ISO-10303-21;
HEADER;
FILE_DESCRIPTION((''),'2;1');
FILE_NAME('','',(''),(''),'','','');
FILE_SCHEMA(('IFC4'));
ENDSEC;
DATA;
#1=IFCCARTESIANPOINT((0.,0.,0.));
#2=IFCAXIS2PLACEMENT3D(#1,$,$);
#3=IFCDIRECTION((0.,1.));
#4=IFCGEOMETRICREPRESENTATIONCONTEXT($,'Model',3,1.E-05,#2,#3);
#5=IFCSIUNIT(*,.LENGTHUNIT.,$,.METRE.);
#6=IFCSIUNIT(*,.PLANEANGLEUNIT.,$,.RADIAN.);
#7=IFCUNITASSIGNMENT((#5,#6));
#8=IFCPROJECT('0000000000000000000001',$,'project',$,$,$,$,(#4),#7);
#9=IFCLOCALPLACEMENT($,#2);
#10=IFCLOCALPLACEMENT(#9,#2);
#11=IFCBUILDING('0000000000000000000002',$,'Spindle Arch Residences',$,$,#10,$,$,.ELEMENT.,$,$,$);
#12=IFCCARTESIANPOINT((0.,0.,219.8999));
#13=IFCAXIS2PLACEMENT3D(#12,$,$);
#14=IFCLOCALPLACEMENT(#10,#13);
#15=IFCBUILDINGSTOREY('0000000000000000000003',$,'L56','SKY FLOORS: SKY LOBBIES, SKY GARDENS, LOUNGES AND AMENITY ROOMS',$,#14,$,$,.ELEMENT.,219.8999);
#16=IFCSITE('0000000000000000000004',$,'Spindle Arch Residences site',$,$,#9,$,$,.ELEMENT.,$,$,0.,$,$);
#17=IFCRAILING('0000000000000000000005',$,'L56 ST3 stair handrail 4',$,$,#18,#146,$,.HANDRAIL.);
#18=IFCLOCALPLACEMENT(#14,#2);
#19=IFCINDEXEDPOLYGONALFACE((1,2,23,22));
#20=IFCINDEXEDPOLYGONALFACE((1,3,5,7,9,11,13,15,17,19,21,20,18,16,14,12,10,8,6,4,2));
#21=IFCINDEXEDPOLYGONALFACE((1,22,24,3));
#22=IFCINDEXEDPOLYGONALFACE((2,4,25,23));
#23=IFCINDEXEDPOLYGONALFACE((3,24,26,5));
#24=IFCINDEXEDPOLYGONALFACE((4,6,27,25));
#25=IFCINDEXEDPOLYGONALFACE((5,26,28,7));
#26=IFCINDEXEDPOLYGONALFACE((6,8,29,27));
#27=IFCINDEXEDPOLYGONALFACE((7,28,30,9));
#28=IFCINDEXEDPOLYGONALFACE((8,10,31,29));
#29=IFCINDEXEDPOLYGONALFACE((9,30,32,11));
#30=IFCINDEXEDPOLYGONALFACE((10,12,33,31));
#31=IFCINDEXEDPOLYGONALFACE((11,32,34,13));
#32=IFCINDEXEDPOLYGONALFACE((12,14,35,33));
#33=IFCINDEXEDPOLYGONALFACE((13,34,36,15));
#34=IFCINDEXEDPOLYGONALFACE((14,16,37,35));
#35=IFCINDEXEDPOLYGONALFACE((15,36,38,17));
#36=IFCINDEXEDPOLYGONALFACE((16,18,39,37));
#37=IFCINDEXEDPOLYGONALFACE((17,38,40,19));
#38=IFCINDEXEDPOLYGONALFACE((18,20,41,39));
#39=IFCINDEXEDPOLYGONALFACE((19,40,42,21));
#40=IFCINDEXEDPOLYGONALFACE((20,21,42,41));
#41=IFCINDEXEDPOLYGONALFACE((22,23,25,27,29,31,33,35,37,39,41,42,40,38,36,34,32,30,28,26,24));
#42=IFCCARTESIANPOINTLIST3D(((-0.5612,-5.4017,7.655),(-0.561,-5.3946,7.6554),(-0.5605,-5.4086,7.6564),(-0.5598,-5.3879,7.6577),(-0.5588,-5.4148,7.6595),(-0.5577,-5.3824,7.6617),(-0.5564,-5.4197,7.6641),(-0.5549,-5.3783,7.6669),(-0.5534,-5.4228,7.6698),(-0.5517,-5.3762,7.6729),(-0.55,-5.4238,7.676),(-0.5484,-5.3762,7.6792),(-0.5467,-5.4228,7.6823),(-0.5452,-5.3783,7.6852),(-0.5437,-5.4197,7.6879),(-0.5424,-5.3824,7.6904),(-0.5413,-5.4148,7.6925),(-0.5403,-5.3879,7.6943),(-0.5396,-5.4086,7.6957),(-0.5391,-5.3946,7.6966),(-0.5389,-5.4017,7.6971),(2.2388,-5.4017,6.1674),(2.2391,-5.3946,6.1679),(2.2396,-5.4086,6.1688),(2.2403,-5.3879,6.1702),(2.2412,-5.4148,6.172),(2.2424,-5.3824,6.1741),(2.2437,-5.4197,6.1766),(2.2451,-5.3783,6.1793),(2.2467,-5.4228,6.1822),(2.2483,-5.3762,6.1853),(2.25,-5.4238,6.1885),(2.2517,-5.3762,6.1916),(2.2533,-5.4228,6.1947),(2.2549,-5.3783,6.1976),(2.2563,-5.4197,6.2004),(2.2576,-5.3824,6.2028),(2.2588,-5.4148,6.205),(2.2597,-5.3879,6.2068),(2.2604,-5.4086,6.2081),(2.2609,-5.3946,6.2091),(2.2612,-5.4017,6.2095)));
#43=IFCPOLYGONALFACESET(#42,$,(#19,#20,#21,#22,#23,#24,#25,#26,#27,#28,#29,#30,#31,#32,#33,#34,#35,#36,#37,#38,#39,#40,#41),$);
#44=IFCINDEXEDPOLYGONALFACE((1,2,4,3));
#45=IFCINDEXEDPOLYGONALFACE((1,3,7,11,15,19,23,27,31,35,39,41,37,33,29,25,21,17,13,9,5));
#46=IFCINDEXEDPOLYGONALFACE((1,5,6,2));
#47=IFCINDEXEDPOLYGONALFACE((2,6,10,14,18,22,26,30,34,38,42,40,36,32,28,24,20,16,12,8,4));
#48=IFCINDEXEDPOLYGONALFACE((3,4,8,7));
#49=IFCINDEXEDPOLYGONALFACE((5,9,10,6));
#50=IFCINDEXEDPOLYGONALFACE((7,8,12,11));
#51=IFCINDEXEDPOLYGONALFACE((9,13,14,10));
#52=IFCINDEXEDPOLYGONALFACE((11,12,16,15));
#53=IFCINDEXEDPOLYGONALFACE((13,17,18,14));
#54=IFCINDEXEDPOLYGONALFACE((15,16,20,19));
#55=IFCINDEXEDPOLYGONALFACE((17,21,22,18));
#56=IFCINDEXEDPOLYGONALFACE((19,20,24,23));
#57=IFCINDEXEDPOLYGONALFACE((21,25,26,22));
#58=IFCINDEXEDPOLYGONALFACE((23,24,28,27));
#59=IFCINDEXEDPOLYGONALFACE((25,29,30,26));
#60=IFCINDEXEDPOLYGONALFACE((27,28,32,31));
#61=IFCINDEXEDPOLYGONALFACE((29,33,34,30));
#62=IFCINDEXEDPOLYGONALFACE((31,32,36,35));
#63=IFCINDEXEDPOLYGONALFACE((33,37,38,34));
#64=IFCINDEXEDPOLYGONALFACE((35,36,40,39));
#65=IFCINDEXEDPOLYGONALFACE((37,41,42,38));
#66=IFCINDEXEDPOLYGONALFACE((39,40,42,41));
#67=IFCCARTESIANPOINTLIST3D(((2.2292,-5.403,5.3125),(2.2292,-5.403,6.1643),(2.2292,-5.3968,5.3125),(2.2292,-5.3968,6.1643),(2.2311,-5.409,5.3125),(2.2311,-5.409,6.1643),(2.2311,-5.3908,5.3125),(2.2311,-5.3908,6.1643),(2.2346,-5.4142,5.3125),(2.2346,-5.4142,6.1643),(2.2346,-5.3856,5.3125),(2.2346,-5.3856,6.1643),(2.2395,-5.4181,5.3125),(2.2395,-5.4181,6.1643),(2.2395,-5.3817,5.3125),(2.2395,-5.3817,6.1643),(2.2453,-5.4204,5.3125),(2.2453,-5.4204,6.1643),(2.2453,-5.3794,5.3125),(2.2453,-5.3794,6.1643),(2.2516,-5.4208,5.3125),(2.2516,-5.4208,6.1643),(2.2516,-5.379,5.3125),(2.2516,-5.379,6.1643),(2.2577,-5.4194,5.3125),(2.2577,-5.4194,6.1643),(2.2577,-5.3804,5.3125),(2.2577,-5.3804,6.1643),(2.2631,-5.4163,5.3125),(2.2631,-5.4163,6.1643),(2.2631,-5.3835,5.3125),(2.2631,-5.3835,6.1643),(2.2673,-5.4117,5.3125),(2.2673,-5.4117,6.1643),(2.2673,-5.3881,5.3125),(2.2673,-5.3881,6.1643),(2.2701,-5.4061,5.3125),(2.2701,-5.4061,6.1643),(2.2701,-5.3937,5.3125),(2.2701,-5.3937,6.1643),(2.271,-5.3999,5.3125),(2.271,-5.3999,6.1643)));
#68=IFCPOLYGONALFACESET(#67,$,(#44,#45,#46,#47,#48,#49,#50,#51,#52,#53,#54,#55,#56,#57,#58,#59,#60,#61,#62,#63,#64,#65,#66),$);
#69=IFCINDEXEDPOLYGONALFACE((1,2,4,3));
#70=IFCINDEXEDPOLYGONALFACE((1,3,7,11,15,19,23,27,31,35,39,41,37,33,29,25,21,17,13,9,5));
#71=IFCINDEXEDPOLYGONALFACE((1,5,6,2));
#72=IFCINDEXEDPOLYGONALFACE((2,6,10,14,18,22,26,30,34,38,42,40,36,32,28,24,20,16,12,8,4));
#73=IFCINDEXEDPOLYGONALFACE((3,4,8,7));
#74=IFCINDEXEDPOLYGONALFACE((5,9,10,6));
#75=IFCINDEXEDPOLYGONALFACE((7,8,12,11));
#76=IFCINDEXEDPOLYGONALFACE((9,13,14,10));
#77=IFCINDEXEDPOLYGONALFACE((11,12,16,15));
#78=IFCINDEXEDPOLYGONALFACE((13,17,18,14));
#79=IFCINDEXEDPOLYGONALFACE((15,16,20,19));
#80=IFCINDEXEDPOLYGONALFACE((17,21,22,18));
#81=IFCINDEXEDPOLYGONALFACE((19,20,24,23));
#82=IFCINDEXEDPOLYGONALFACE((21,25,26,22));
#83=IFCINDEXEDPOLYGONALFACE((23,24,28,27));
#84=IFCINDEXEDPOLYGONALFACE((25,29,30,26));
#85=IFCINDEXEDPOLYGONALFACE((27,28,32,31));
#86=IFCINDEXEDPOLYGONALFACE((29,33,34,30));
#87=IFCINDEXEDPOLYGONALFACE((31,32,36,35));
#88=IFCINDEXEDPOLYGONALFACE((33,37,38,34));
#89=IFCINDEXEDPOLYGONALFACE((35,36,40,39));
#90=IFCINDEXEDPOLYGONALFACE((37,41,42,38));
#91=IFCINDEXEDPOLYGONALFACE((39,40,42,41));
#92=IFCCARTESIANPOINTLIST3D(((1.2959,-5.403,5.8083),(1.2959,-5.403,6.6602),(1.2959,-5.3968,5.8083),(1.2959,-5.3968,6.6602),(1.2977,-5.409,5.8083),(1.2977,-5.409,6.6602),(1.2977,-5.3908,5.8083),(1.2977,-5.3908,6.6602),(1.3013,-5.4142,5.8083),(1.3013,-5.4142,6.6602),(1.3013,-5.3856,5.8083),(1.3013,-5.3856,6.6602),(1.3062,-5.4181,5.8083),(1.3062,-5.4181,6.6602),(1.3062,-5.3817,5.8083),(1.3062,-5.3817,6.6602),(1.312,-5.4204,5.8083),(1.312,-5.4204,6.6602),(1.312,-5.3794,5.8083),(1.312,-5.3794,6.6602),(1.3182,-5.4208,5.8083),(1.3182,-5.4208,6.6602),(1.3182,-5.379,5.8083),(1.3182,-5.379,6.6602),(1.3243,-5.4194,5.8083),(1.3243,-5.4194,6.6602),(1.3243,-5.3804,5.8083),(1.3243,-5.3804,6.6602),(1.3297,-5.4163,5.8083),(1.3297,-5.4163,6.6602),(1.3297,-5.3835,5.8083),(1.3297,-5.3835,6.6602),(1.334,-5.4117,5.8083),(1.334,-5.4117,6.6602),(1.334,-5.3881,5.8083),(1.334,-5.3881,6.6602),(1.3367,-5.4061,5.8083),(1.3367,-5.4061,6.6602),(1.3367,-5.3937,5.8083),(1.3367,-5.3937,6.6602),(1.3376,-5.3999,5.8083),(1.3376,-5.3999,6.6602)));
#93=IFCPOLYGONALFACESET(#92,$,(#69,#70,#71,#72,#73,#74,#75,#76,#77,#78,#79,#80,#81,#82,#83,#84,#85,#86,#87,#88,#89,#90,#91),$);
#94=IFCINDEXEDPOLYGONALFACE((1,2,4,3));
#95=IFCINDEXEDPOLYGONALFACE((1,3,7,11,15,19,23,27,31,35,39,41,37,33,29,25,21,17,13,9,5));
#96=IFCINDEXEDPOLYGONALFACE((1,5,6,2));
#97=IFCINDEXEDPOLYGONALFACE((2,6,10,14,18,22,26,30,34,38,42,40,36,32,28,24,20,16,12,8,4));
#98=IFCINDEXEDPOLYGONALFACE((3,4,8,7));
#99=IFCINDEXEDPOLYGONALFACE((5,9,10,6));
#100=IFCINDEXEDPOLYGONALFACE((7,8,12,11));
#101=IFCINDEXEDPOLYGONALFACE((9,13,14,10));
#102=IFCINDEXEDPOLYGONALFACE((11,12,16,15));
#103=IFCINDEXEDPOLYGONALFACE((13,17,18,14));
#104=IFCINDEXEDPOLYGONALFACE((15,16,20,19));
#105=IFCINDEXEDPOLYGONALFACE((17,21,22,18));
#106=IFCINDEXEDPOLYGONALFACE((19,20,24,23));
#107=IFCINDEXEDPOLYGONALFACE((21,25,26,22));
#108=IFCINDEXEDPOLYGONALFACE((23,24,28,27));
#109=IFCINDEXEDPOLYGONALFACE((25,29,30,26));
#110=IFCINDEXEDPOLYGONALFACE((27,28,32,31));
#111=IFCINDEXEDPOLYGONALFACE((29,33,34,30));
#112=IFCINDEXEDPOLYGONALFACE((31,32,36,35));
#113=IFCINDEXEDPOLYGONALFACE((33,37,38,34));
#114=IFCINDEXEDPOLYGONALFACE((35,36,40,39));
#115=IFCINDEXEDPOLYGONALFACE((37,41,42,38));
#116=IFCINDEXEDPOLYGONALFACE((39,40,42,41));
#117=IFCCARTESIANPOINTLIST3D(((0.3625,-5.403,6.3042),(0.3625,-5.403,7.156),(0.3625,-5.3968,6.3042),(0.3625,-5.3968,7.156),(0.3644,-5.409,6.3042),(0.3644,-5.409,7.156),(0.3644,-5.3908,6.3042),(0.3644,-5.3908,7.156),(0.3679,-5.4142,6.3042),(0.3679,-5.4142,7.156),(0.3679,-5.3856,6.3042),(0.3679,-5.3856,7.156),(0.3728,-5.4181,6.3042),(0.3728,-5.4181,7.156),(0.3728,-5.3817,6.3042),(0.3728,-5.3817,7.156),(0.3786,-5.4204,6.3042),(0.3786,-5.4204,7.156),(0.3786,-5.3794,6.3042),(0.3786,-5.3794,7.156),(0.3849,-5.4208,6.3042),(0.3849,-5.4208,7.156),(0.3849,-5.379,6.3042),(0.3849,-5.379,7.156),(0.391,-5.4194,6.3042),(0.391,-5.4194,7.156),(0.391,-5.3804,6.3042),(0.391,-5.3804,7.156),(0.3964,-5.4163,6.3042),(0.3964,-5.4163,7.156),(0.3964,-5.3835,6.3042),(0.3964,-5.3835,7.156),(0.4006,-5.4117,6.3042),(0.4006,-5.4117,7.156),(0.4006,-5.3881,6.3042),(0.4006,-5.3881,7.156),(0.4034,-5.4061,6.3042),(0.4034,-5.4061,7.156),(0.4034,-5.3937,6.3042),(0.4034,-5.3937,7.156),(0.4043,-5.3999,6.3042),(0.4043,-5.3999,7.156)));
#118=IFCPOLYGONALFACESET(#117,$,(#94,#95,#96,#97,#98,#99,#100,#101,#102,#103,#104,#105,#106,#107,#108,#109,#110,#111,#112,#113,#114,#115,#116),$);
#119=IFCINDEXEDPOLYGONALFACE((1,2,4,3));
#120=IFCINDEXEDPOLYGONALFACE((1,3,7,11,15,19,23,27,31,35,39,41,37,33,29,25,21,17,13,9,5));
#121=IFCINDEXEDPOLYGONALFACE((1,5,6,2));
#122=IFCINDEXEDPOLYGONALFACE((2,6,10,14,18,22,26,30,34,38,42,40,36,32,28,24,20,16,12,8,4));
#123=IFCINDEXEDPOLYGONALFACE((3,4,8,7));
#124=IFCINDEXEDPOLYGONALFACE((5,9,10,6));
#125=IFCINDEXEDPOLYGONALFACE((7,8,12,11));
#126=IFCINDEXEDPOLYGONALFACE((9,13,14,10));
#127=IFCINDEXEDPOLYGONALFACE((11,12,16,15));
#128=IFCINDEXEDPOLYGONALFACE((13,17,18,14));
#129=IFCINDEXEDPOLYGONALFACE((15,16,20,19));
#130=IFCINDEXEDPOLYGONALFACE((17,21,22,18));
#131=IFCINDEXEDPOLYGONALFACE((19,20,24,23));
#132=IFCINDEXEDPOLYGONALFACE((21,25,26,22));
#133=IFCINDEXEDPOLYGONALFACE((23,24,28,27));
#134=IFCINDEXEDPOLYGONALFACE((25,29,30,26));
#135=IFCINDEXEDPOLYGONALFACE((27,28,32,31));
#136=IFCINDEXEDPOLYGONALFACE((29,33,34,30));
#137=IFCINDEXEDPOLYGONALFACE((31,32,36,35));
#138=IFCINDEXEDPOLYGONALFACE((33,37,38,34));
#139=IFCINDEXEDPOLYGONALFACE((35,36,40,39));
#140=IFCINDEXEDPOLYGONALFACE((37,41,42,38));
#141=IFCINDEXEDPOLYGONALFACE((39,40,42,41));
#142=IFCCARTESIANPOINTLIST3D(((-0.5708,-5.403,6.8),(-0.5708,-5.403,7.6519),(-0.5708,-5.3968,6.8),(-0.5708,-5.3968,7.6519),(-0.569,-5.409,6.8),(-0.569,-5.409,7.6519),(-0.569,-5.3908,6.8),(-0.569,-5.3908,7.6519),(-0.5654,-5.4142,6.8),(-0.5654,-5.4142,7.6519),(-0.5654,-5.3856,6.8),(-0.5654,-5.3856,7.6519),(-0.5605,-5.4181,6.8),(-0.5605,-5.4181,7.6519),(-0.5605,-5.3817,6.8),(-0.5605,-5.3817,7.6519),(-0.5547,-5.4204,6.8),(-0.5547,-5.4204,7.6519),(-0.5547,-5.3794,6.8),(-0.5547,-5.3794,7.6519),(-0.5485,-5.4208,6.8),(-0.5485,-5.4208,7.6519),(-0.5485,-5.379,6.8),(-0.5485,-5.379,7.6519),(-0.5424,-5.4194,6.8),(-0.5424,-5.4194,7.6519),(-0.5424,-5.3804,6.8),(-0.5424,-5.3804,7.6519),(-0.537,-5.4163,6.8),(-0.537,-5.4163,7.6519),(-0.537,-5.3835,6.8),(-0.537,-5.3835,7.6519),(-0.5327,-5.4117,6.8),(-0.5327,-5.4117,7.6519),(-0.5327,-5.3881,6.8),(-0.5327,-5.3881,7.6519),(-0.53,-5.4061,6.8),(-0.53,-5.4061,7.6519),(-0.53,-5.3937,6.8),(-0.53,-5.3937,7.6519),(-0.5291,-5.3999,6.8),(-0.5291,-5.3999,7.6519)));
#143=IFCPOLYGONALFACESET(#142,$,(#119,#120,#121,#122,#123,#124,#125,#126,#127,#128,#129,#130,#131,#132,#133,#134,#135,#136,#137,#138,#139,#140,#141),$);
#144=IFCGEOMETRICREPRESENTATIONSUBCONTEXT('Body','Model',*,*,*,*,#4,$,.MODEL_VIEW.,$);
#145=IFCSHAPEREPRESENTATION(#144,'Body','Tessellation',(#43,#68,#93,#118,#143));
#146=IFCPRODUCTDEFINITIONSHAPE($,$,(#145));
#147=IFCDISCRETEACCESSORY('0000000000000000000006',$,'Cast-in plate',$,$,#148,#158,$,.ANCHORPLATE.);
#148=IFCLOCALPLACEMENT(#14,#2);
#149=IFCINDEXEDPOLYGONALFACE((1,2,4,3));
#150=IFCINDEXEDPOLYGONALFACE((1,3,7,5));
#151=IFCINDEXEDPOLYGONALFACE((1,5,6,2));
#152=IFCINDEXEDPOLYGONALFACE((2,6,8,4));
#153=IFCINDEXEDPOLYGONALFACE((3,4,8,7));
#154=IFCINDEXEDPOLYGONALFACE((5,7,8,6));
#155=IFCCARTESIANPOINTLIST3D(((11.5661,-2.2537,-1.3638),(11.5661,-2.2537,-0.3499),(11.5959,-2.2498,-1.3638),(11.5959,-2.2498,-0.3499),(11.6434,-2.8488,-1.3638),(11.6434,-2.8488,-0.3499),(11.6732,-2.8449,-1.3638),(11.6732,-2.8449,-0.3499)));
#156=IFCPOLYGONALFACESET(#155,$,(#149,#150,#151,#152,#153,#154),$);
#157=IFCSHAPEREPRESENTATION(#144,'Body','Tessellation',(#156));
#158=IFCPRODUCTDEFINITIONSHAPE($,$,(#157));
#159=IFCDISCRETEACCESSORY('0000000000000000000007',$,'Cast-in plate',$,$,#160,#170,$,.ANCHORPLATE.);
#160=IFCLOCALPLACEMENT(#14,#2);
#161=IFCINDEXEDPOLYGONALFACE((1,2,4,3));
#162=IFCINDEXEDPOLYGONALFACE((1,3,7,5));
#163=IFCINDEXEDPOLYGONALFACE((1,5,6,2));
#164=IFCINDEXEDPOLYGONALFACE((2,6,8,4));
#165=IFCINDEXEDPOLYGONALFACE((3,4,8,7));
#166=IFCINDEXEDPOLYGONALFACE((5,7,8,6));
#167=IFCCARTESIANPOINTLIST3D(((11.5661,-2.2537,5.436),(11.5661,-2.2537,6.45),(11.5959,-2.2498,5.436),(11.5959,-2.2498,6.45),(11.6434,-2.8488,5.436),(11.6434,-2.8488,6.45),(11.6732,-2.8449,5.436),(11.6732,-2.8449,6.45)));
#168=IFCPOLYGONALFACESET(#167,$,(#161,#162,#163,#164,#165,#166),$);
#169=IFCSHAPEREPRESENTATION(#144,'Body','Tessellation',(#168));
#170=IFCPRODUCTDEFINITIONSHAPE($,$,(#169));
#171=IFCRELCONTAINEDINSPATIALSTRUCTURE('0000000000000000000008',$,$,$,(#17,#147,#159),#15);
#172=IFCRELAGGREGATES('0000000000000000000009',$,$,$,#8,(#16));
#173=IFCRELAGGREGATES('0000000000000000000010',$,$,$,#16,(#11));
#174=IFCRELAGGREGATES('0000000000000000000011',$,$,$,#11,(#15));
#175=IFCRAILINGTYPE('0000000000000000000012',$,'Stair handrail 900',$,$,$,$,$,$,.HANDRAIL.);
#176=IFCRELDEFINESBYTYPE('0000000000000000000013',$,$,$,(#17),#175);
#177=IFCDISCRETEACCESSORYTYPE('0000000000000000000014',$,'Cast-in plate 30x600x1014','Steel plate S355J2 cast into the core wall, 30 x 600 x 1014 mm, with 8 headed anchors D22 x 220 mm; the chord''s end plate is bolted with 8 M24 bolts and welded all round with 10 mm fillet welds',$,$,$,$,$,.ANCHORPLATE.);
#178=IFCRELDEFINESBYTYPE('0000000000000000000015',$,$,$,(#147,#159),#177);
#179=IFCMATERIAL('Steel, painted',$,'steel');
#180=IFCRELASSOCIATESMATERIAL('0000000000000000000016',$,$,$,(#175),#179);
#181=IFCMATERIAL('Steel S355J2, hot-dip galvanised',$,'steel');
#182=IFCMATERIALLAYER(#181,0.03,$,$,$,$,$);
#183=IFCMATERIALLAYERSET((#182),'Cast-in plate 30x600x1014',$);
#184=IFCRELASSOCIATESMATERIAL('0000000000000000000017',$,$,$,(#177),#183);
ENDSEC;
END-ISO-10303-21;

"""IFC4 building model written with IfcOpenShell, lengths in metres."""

from ifc_helpers import new_model, si_unit, direction, frame, origin, origin_2d, place, context, subcontext, project, spatial, rectangle, circle, extrude, material, layer, layer_set, type_object, element, save


model = new_model("IFC4")

# Units and contexts
model_context = context("Model", 3, precision=1e-05, world=origin(), true_north=direction((0.0, 1.0)))
body_context = subcontext(model_context, "Body", "Model", "MODEL_VIEW")
ifc_project = project(units=[si_unit("LENGTHUNIT", "METRE"), si_unit("PLANEANGLEUNIT", "RADIAN")], contexts=[model_context])

# Site, building, storey
site_placement = place(None, origin())
site = spatial("IfcSite", under=ifc_project, at=site_placement, Name="Spindle Arch Residences site", CompositionType="ELEMENT", RefElevation=0.0)
building_placement = place(site_placement, origin())
building = spatial("IfcBuilding", under=site, at=building_placement, Name="Spindle Arch Residences", CompositionType="ELEMENT")
storey_placement = place(building_placement, frame((0.0, 0.0, 219.8999)))
storey = spatial("IfcBuildingStorey", under=building, at=storey_placement, Name="L56", Description="SKY FLOORS: SKY LOBBIES, SKY GARDENS, LOUNGES AND AMENITY ROOMS", CompositionType="ELEMENT", Elevation=219.8999)

# Railing
ifc_material_1 = material(Name="Steel, painted", Category="steel")
railing_type = type_object("IfcRailingType", Name="Stair handrail 900", PredefinedType="HANDRAIL", material=ifc_material_1)
for number, where, name in (
    (1, (2.25, -5.3999, 5.3125), "L56 ST3 stair handrail 4"),
):
    element("IfcRailing", number, at=place(storey_placement, frame(where)), inside=storey, type_object=railing_type, Name=name, PredefinedType="HANDRAIL", context=body_context, shape_type="SweptSolid", body=[
        extrude(circle(Radius=0.0239, at=origin_2d()), frame((0.0, 0.0, 0.876), z_axis=(-0.883113, 0.0, 0.469161), x_axis=(0.0, -1.0, 0.0)), (0.0, 0.0, 1.0), 3.1707),
        extrude(circle(Radius=0.021, at=origin_2d()), origin(), (0.0, 0.0, 1.0), 0.8518),
        extrude(circle(Radius=0.021, at=origin_2d()), frame((-0.9333, 0.0, 0.4958)), (0.0, 0.0, 1.0), 0.8518),
        extrude(circle(Radius=0.021, at=origin_2d()), frame((-1.8667, 0.0, 0.9917)), (0.0, 0.0, 1.0), 0.8518),
        extrude(circle(Radius=0.021, at=origin_2d()), frame((-2.8, 0.0, 1.4875)), (0.0, 0.0, 1.0), 0.8518),
    ])

# Discrete accessories
ifc_material_2 = material(Name="Steel S355J2, hot-dip galvanised", Category="steel")
ifc_layer_1 = layer(ifc_material_2, 0.03)
ifc_layer_set_1 = layer_set([ifc_layer_1], Name="Cast-in plate 30x600x1014")
discrete_accessory_type = type_object("IfcDiscreteAccessoryType", Name="Cast-in plate 30x600x1014", Description="Steel plate S355J2 cast into the core wall, 30 x 600 x 1014 mm, with 8 headed anchors D22 x 220 mm; the chord's end plate is bolted with 8 M24 bolts and welded all round with 10 mm fillet welds", PredefinedType="ANCHORPLATE", material=ifc_layer_set_1)
for number, where, z_axis, x_axis, name in (
    (2, (11.6196, -2.5493, -1.3638), (0.0, 0.0, 1.0), (0.991671, 0.128797, 0.0), "Cast-in plate"),
    (3, (11.6196, -2.5493, 5.436), (0.0, 0.0, 1.0), (0.991671, 0.128797, 0.0), "Cast-in plate"),
):
    element("IfcDiscreteAccessory", number, at=place(storey_placement, frame(where, z_axis=z_axis, x_axis=x_axis)), inside=storey, type_object=discrete_accessory_type, Name=name, PredefinedType="ANCHORPLATE", context=body_context, shape_type="SweptSolid", body=[
        extrude(rectangle(XDim=0.03, YDim=0.6001, at=origin_2d()), origin(), (0.0, 0.0, 1.0), 1.0139),
    ])

save(model, "model.ifc")
